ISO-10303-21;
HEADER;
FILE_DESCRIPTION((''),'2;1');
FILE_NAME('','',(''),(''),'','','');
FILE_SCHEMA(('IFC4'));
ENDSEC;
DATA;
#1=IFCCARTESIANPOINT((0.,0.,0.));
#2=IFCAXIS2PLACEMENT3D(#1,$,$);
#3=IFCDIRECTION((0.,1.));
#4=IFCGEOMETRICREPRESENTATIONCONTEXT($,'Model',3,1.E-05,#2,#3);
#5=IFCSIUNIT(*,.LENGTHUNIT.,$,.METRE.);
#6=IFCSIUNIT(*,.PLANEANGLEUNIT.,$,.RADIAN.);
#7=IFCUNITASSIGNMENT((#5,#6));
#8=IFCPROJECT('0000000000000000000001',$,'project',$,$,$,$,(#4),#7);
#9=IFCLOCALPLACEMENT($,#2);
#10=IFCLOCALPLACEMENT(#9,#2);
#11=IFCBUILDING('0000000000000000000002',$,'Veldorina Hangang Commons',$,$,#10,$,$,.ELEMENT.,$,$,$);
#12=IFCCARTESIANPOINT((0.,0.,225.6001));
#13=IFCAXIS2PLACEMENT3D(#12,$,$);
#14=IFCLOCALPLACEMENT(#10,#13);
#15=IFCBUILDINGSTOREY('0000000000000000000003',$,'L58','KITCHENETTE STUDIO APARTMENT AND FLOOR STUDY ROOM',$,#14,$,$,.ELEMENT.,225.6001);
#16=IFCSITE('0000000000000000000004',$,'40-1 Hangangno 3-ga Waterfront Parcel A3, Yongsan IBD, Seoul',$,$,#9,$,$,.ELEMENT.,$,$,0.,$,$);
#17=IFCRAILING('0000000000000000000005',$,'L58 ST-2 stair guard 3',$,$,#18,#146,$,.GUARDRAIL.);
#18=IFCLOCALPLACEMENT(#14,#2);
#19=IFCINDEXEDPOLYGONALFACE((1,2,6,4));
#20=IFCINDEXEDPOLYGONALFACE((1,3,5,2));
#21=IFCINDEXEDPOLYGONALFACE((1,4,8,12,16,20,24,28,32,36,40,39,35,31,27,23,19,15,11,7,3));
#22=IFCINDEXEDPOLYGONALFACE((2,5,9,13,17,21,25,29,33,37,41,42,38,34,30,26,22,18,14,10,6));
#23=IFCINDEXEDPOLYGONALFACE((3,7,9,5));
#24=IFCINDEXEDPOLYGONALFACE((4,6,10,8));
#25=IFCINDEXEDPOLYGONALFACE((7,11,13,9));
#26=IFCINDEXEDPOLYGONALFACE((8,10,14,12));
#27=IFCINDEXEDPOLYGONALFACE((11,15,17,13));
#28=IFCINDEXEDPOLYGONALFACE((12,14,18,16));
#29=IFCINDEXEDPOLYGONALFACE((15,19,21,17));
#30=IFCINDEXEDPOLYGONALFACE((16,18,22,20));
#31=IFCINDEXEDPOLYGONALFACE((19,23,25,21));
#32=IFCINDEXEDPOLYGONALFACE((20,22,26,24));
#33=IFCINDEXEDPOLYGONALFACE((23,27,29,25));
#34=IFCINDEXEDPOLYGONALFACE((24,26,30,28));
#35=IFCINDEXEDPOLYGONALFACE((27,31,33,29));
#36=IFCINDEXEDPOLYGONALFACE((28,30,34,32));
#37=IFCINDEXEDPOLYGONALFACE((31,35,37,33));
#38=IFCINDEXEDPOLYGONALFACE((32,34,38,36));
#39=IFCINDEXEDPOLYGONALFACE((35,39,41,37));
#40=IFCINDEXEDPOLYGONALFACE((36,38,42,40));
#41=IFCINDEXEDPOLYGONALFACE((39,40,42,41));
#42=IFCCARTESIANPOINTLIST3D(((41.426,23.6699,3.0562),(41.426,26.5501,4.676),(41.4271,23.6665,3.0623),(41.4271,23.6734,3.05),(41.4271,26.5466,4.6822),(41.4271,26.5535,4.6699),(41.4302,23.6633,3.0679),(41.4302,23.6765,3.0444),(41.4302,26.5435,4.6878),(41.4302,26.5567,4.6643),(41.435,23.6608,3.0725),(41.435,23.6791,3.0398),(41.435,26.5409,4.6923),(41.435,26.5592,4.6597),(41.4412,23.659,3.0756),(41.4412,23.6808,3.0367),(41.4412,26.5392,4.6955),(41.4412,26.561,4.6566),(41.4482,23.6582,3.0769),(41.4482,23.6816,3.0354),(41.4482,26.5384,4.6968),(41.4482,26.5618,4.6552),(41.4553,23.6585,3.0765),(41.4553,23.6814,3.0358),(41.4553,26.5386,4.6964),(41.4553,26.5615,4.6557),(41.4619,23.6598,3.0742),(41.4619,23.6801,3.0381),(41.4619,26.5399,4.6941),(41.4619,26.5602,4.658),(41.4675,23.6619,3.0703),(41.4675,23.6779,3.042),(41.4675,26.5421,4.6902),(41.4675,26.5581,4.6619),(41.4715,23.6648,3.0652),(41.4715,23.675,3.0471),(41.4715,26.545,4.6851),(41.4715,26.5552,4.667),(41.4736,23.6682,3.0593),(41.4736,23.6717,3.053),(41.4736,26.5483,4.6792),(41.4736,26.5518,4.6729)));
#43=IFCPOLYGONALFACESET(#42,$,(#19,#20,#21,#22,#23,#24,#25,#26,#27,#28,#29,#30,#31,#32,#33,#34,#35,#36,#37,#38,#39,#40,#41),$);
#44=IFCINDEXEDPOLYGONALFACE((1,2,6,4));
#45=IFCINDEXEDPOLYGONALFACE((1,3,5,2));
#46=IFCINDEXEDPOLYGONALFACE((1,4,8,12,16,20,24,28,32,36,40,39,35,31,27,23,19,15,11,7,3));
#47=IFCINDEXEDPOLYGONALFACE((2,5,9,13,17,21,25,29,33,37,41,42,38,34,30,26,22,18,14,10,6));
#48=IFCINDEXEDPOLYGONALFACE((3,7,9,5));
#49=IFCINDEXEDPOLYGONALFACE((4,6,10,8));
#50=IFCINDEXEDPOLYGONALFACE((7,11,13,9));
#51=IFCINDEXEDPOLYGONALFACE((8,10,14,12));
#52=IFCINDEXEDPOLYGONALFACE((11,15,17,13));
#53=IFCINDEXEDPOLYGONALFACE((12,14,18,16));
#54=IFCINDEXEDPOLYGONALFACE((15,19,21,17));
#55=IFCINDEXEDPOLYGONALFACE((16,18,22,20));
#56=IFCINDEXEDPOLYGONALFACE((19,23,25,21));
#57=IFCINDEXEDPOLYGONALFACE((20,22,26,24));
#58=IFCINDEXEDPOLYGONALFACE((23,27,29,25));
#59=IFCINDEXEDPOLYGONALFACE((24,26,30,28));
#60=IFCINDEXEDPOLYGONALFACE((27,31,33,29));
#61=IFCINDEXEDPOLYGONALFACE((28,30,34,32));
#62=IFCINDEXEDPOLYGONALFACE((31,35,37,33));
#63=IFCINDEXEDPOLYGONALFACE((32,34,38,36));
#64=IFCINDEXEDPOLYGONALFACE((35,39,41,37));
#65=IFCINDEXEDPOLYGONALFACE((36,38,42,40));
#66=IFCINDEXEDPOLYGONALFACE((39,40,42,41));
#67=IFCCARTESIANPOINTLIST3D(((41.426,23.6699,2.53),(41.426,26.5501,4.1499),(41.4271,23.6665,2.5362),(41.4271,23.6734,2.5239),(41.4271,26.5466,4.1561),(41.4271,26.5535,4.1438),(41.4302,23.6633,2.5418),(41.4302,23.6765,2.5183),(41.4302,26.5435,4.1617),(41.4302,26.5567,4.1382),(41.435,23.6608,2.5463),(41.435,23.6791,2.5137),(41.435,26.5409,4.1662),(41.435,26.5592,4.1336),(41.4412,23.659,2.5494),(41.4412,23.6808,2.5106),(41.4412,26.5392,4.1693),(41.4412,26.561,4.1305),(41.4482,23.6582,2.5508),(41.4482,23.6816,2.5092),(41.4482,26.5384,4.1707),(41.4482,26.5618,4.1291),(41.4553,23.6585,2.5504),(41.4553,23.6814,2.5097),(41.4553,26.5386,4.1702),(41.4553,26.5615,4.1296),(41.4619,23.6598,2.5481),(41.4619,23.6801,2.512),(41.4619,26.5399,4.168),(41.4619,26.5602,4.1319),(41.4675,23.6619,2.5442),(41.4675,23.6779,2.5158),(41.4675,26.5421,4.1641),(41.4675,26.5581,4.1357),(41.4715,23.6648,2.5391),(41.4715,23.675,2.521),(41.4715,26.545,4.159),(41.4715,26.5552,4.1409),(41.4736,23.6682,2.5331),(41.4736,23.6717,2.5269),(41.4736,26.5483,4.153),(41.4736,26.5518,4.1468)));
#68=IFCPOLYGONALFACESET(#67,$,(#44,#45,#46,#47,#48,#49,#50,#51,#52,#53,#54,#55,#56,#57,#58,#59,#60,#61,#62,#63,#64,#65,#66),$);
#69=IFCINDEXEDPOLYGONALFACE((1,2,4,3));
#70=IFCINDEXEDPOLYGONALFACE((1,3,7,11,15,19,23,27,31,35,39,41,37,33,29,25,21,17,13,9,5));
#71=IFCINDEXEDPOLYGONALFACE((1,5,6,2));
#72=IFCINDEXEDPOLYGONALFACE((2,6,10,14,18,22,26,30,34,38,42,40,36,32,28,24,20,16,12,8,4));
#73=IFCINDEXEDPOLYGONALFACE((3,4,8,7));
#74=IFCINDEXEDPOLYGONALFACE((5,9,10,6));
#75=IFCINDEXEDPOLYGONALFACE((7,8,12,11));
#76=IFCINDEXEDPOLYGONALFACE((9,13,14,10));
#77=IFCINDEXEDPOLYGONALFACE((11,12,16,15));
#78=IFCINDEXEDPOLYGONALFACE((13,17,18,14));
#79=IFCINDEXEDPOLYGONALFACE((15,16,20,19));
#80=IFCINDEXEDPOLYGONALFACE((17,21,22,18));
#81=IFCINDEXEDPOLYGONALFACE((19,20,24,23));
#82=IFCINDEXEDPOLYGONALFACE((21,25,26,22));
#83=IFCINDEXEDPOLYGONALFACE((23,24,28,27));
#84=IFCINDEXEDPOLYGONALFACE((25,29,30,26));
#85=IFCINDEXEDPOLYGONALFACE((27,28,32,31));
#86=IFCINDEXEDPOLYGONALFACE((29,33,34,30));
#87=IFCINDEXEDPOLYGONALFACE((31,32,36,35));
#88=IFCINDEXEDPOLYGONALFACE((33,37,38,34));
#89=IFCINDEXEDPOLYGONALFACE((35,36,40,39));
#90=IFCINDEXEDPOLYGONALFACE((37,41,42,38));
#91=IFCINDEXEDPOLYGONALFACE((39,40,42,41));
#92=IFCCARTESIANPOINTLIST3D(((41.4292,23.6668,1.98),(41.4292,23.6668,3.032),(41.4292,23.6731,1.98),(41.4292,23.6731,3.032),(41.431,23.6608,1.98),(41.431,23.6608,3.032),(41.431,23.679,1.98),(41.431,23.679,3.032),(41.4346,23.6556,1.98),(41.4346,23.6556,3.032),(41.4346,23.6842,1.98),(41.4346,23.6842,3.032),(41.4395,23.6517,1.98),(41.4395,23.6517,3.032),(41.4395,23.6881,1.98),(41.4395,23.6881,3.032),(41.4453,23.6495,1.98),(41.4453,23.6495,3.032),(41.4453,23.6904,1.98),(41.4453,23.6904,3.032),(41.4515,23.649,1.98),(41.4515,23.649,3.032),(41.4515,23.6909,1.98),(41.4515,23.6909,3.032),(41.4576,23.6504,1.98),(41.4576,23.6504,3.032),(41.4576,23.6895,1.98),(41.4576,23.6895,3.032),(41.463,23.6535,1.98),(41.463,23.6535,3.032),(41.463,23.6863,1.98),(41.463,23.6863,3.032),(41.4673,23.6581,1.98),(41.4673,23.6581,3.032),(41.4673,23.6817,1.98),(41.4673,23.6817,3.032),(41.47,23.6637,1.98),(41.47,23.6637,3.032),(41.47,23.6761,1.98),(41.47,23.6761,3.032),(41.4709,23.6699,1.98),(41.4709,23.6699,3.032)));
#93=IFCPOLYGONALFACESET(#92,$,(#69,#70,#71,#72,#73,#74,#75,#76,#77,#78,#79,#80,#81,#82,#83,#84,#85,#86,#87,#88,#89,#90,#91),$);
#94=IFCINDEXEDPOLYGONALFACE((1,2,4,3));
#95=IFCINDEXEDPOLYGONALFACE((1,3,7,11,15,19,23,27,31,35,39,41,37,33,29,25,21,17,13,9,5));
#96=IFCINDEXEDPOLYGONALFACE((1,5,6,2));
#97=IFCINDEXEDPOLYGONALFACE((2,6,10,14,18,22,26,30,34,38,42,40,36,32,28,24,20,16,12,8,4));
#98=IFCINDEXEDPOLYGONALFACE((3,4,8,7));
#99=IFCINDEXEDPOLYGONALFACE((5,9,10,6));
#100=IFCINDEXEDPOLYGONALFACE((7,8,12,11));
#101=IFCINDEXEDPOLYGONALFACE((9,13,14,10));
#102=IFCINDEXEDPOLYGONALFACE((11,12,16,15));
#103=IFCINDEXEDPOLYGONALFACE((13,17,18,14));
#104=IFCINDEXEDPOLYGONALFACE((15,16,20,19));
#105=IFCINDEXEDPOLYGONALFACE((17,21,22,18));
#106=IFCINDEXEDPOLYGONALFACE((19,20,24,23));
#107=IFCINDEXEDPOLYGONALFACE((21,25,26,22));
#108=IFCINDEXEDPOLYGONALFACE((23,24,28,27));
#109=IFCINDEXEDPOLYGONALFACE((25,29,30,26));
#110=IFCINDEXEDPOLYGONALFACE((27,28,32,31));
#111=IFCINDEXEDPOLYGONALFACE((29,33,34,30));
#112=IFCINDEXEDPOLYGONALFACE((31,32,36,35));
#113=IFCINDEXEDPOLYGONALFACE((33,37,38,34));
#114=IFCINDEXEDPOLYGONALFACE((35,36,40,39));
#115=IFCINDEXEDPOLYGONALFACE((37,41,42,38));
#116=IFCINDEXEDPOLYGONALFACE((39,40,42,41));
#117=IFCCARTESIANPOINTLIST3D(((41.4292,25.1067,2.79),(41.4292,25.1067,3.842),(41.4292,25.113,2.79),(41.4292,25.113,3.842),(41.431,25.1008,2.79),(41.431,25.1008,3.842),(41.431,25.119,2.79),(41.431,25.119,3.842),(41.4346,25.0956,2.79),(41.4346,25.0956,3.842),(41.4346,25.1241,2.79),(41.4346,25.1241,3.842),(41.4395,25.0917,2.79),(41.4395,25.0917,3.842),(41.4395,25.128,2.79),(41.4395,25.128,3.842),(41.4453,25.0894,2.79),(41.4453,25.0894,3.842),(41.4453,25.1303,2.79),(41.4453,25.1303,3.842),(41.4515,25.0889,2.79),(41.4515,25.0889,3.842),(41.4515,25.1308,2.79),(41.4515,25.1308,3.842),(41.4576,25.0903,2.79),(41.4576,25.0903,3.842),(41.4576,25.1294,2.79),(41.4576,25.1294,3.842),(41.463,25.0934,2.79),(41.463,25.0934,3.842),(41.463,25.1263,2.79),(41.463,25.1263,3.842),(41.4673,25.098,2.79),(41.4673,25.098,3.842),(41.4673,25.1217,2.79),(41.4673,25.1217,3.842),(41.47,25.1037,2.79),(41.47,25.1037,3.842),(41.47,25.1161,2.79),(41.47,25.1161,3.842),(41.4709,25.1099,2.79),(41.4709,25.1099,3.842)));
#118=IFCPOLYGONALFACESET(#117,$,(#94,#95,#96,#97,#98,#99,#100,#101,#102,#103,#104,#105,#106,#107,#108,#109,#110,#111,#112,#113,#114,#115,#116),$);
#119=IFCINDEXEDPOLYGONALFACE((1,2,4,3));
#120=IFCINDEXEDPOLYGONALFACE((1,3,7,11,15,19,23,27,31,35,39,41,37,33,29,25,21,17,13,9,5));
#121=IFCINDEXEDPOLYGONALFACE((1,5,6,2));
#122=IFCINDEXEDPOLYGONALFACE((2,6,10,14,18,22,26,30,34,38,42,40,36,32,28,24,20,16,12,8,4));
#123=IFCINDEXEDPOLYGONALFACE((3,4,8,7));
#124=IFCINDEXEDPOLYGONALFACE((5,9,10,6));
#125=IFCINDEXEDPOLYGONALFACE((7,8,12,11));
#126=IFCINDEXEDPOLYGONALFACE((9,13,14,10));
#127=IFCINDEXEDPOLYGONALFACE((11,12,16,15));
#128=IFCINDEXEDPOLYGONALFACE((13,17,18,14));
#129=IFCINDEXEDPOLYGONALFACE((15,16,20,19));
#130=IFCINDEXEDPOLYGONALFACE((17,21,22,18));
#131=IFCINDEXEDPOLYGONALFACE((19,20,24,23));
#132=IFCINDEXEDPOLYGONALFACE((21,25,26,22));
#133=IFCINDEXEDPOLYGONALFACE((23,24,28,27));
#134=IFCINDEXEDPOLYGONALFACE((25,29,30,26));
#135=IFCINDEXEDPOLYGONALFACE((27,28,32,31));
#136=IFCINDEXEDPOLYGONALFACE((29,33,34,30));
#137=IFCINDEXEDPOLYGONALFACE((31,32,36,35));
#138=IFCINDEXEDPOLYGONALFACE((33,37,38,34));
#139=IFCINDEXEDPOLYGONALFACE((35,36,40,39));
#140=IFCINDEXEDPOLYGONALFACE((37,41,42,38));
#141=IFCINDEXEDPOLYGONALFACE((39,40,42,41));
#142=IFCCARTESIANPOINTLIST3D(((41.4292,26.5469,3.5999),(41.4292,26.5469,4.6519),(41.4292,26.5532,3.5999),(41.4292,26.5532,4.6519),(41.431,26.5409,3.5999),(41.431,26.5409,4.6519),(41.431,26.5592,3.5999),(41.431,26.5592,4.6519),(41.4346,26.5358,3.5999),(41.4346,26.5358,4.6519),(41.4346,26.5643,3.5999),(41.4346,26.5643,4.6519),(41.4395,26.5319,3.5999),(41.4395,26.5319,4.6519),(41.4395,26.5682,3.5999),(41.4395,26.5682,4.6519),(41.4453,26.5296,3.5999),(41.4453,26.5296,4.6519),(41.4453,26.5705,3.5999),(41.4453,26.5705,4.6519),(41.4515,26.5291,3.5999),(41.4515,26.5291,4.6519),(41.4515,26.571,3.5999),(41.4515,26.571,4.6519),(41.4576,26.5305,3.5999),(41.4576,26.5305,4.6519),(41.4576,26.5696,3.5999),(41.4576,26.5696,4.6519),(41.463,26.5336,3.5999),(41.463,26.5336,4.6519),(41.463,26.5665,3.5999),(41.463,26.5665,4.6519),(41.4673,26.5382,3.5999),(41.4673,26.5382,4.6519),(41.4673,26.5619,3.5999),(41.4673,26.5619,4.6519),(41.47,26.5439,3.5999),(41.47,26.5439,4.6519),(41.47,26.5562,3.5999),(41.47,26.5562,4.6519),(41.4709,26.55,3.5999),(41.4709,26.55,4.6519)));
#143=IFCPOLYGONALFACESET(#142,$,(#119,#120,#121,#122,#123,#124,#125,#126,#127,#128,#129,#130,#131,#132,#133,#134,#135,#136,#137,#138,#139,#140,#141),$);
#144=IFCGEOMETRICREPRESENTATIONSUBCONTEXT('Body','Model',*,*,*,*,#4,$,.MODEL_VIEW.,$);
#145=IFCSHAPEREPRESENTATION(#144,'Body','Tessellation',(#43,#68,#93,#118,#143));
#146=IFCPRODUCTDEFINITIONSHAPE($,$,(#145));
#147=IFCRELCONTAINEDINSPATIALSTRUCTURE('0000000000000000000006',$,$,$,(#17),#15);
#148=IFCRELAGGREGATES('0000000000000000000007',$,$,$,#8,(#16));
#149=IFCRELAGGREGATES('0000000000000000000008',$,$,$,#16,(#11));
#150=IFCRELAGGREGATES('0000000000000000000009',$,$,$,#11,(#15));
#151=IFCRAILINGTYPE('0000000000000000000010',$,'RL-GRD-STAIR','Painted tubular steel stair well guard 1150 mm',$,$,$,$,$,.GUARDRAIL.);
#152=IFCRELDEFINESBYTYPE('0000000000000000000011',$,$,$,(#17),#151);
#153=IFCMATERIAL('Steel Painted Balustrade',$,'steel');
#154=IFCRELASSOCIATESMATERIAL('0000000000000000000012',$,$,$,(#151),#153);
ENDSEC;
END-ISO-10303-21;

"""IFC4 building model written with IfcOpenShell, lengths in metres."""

from ifc_helpers import new_model, si_unit, direction, frame, origin, origin_2d, place, context, subcontext, project, spatial, circle, extrude, material, type_object, element, save


model = new_model("IFC4")

# Units and contexts
model_context = context("Model", 3, precision=1e-05, world=origin(), true_north=direction((0.0, 1.0)))
body_context = subcontext(model_context, "Body", "Model", "MODEL_VIEW")
ifc_project = project(units=[si_unit("LENGTHUNIT", "METRE"), si_unit("PLANEANGLEUNIT", "RADIAN")], contexts=[model_context])

# Site, building, storey
site_placement = place(None, origin())
site = spatial("IfcSite", under=ifc_project, at=site_placement, Name="40-1 Hangangno 3-ga Waterfront Parcel A3, Yongsan IBD, Seoul", CompositionType="ELEMENT", RefElevation=0.0)
building_placement = place(site_placement, origin())
building = spatial("IfcBuilding", under=site, at=building_placement, Name="Veldorina Hangang Commons", CompositionType="ELEMENT")
storey_placement = place(building_placement, frame((0.0, 0.0, 225.6001)))
storey = spatial("IfcBuildingStorey", under=building, at=storey_placement, Name="L58", Description="KITCHENETTE STUDIO APARTMENT AND FLOOR STUDY ROOM", CompositionType="ELEMENT", Elevation=225.6001)

# Railing
ifc_material_1 = material(Name="Steel Painted Balustrade", Category="steel")
railing_type_1 = type_object("IfcRailingType", Name="RL-GRD-STAIR", Description="Painted tubular steel stair well guard 1150 mm", PredefinedType="GUARDRAIL", material=ifc_material_1)
railing_1_placement = place(storey_placement, frame((41.45, 23.6699, 1.98)))
element("IfcRailing", 1, at=railing_1_placement, inside=storey, type_object=railing_type_1, Name="L58 ST-2 stair guard 3", PredefinedType="GUARDRAIL", context=body_context, shape_type="SweptSolid", body=[
    extrude(circle(Radius=0.0239, at=origin_2d()), frame((0.0, 0.0, 1.0762), z_axis=(0.0, 0.871601, 0.490216), x_axis=(-1.0, 0.0, 0.0)), (0.0, 0.0, 1.0), 3.3044),
    extrude(circle(Radius=0.0239, at=origin_2d()), frame((0.0, 0.0, 0.55), z_axis=(0.0, 0.871601, 0.490216), x_axis=(-1.0, 0.0, 0.0)), (0.0, 0.0, 1.0), 3.3044),
    extrude(circle(Radius=0.021, at=origin_2d()), origin(), (0.0, 0.0, 1.0), 1.052),
    extrude(circle(Radius=0.021, at=origin_2d()), frame((0.0, 1.4399, 0.8101)), (0.0, 0.0, 1.0), 1.052),
    extrude(circle(Radius=0.021, at=origin_2d()), frame((0.0, 2.8801, 1.6199)), (0.0, 0.0, 1.0), 1.052),
])

save(model, "model.ifc")
